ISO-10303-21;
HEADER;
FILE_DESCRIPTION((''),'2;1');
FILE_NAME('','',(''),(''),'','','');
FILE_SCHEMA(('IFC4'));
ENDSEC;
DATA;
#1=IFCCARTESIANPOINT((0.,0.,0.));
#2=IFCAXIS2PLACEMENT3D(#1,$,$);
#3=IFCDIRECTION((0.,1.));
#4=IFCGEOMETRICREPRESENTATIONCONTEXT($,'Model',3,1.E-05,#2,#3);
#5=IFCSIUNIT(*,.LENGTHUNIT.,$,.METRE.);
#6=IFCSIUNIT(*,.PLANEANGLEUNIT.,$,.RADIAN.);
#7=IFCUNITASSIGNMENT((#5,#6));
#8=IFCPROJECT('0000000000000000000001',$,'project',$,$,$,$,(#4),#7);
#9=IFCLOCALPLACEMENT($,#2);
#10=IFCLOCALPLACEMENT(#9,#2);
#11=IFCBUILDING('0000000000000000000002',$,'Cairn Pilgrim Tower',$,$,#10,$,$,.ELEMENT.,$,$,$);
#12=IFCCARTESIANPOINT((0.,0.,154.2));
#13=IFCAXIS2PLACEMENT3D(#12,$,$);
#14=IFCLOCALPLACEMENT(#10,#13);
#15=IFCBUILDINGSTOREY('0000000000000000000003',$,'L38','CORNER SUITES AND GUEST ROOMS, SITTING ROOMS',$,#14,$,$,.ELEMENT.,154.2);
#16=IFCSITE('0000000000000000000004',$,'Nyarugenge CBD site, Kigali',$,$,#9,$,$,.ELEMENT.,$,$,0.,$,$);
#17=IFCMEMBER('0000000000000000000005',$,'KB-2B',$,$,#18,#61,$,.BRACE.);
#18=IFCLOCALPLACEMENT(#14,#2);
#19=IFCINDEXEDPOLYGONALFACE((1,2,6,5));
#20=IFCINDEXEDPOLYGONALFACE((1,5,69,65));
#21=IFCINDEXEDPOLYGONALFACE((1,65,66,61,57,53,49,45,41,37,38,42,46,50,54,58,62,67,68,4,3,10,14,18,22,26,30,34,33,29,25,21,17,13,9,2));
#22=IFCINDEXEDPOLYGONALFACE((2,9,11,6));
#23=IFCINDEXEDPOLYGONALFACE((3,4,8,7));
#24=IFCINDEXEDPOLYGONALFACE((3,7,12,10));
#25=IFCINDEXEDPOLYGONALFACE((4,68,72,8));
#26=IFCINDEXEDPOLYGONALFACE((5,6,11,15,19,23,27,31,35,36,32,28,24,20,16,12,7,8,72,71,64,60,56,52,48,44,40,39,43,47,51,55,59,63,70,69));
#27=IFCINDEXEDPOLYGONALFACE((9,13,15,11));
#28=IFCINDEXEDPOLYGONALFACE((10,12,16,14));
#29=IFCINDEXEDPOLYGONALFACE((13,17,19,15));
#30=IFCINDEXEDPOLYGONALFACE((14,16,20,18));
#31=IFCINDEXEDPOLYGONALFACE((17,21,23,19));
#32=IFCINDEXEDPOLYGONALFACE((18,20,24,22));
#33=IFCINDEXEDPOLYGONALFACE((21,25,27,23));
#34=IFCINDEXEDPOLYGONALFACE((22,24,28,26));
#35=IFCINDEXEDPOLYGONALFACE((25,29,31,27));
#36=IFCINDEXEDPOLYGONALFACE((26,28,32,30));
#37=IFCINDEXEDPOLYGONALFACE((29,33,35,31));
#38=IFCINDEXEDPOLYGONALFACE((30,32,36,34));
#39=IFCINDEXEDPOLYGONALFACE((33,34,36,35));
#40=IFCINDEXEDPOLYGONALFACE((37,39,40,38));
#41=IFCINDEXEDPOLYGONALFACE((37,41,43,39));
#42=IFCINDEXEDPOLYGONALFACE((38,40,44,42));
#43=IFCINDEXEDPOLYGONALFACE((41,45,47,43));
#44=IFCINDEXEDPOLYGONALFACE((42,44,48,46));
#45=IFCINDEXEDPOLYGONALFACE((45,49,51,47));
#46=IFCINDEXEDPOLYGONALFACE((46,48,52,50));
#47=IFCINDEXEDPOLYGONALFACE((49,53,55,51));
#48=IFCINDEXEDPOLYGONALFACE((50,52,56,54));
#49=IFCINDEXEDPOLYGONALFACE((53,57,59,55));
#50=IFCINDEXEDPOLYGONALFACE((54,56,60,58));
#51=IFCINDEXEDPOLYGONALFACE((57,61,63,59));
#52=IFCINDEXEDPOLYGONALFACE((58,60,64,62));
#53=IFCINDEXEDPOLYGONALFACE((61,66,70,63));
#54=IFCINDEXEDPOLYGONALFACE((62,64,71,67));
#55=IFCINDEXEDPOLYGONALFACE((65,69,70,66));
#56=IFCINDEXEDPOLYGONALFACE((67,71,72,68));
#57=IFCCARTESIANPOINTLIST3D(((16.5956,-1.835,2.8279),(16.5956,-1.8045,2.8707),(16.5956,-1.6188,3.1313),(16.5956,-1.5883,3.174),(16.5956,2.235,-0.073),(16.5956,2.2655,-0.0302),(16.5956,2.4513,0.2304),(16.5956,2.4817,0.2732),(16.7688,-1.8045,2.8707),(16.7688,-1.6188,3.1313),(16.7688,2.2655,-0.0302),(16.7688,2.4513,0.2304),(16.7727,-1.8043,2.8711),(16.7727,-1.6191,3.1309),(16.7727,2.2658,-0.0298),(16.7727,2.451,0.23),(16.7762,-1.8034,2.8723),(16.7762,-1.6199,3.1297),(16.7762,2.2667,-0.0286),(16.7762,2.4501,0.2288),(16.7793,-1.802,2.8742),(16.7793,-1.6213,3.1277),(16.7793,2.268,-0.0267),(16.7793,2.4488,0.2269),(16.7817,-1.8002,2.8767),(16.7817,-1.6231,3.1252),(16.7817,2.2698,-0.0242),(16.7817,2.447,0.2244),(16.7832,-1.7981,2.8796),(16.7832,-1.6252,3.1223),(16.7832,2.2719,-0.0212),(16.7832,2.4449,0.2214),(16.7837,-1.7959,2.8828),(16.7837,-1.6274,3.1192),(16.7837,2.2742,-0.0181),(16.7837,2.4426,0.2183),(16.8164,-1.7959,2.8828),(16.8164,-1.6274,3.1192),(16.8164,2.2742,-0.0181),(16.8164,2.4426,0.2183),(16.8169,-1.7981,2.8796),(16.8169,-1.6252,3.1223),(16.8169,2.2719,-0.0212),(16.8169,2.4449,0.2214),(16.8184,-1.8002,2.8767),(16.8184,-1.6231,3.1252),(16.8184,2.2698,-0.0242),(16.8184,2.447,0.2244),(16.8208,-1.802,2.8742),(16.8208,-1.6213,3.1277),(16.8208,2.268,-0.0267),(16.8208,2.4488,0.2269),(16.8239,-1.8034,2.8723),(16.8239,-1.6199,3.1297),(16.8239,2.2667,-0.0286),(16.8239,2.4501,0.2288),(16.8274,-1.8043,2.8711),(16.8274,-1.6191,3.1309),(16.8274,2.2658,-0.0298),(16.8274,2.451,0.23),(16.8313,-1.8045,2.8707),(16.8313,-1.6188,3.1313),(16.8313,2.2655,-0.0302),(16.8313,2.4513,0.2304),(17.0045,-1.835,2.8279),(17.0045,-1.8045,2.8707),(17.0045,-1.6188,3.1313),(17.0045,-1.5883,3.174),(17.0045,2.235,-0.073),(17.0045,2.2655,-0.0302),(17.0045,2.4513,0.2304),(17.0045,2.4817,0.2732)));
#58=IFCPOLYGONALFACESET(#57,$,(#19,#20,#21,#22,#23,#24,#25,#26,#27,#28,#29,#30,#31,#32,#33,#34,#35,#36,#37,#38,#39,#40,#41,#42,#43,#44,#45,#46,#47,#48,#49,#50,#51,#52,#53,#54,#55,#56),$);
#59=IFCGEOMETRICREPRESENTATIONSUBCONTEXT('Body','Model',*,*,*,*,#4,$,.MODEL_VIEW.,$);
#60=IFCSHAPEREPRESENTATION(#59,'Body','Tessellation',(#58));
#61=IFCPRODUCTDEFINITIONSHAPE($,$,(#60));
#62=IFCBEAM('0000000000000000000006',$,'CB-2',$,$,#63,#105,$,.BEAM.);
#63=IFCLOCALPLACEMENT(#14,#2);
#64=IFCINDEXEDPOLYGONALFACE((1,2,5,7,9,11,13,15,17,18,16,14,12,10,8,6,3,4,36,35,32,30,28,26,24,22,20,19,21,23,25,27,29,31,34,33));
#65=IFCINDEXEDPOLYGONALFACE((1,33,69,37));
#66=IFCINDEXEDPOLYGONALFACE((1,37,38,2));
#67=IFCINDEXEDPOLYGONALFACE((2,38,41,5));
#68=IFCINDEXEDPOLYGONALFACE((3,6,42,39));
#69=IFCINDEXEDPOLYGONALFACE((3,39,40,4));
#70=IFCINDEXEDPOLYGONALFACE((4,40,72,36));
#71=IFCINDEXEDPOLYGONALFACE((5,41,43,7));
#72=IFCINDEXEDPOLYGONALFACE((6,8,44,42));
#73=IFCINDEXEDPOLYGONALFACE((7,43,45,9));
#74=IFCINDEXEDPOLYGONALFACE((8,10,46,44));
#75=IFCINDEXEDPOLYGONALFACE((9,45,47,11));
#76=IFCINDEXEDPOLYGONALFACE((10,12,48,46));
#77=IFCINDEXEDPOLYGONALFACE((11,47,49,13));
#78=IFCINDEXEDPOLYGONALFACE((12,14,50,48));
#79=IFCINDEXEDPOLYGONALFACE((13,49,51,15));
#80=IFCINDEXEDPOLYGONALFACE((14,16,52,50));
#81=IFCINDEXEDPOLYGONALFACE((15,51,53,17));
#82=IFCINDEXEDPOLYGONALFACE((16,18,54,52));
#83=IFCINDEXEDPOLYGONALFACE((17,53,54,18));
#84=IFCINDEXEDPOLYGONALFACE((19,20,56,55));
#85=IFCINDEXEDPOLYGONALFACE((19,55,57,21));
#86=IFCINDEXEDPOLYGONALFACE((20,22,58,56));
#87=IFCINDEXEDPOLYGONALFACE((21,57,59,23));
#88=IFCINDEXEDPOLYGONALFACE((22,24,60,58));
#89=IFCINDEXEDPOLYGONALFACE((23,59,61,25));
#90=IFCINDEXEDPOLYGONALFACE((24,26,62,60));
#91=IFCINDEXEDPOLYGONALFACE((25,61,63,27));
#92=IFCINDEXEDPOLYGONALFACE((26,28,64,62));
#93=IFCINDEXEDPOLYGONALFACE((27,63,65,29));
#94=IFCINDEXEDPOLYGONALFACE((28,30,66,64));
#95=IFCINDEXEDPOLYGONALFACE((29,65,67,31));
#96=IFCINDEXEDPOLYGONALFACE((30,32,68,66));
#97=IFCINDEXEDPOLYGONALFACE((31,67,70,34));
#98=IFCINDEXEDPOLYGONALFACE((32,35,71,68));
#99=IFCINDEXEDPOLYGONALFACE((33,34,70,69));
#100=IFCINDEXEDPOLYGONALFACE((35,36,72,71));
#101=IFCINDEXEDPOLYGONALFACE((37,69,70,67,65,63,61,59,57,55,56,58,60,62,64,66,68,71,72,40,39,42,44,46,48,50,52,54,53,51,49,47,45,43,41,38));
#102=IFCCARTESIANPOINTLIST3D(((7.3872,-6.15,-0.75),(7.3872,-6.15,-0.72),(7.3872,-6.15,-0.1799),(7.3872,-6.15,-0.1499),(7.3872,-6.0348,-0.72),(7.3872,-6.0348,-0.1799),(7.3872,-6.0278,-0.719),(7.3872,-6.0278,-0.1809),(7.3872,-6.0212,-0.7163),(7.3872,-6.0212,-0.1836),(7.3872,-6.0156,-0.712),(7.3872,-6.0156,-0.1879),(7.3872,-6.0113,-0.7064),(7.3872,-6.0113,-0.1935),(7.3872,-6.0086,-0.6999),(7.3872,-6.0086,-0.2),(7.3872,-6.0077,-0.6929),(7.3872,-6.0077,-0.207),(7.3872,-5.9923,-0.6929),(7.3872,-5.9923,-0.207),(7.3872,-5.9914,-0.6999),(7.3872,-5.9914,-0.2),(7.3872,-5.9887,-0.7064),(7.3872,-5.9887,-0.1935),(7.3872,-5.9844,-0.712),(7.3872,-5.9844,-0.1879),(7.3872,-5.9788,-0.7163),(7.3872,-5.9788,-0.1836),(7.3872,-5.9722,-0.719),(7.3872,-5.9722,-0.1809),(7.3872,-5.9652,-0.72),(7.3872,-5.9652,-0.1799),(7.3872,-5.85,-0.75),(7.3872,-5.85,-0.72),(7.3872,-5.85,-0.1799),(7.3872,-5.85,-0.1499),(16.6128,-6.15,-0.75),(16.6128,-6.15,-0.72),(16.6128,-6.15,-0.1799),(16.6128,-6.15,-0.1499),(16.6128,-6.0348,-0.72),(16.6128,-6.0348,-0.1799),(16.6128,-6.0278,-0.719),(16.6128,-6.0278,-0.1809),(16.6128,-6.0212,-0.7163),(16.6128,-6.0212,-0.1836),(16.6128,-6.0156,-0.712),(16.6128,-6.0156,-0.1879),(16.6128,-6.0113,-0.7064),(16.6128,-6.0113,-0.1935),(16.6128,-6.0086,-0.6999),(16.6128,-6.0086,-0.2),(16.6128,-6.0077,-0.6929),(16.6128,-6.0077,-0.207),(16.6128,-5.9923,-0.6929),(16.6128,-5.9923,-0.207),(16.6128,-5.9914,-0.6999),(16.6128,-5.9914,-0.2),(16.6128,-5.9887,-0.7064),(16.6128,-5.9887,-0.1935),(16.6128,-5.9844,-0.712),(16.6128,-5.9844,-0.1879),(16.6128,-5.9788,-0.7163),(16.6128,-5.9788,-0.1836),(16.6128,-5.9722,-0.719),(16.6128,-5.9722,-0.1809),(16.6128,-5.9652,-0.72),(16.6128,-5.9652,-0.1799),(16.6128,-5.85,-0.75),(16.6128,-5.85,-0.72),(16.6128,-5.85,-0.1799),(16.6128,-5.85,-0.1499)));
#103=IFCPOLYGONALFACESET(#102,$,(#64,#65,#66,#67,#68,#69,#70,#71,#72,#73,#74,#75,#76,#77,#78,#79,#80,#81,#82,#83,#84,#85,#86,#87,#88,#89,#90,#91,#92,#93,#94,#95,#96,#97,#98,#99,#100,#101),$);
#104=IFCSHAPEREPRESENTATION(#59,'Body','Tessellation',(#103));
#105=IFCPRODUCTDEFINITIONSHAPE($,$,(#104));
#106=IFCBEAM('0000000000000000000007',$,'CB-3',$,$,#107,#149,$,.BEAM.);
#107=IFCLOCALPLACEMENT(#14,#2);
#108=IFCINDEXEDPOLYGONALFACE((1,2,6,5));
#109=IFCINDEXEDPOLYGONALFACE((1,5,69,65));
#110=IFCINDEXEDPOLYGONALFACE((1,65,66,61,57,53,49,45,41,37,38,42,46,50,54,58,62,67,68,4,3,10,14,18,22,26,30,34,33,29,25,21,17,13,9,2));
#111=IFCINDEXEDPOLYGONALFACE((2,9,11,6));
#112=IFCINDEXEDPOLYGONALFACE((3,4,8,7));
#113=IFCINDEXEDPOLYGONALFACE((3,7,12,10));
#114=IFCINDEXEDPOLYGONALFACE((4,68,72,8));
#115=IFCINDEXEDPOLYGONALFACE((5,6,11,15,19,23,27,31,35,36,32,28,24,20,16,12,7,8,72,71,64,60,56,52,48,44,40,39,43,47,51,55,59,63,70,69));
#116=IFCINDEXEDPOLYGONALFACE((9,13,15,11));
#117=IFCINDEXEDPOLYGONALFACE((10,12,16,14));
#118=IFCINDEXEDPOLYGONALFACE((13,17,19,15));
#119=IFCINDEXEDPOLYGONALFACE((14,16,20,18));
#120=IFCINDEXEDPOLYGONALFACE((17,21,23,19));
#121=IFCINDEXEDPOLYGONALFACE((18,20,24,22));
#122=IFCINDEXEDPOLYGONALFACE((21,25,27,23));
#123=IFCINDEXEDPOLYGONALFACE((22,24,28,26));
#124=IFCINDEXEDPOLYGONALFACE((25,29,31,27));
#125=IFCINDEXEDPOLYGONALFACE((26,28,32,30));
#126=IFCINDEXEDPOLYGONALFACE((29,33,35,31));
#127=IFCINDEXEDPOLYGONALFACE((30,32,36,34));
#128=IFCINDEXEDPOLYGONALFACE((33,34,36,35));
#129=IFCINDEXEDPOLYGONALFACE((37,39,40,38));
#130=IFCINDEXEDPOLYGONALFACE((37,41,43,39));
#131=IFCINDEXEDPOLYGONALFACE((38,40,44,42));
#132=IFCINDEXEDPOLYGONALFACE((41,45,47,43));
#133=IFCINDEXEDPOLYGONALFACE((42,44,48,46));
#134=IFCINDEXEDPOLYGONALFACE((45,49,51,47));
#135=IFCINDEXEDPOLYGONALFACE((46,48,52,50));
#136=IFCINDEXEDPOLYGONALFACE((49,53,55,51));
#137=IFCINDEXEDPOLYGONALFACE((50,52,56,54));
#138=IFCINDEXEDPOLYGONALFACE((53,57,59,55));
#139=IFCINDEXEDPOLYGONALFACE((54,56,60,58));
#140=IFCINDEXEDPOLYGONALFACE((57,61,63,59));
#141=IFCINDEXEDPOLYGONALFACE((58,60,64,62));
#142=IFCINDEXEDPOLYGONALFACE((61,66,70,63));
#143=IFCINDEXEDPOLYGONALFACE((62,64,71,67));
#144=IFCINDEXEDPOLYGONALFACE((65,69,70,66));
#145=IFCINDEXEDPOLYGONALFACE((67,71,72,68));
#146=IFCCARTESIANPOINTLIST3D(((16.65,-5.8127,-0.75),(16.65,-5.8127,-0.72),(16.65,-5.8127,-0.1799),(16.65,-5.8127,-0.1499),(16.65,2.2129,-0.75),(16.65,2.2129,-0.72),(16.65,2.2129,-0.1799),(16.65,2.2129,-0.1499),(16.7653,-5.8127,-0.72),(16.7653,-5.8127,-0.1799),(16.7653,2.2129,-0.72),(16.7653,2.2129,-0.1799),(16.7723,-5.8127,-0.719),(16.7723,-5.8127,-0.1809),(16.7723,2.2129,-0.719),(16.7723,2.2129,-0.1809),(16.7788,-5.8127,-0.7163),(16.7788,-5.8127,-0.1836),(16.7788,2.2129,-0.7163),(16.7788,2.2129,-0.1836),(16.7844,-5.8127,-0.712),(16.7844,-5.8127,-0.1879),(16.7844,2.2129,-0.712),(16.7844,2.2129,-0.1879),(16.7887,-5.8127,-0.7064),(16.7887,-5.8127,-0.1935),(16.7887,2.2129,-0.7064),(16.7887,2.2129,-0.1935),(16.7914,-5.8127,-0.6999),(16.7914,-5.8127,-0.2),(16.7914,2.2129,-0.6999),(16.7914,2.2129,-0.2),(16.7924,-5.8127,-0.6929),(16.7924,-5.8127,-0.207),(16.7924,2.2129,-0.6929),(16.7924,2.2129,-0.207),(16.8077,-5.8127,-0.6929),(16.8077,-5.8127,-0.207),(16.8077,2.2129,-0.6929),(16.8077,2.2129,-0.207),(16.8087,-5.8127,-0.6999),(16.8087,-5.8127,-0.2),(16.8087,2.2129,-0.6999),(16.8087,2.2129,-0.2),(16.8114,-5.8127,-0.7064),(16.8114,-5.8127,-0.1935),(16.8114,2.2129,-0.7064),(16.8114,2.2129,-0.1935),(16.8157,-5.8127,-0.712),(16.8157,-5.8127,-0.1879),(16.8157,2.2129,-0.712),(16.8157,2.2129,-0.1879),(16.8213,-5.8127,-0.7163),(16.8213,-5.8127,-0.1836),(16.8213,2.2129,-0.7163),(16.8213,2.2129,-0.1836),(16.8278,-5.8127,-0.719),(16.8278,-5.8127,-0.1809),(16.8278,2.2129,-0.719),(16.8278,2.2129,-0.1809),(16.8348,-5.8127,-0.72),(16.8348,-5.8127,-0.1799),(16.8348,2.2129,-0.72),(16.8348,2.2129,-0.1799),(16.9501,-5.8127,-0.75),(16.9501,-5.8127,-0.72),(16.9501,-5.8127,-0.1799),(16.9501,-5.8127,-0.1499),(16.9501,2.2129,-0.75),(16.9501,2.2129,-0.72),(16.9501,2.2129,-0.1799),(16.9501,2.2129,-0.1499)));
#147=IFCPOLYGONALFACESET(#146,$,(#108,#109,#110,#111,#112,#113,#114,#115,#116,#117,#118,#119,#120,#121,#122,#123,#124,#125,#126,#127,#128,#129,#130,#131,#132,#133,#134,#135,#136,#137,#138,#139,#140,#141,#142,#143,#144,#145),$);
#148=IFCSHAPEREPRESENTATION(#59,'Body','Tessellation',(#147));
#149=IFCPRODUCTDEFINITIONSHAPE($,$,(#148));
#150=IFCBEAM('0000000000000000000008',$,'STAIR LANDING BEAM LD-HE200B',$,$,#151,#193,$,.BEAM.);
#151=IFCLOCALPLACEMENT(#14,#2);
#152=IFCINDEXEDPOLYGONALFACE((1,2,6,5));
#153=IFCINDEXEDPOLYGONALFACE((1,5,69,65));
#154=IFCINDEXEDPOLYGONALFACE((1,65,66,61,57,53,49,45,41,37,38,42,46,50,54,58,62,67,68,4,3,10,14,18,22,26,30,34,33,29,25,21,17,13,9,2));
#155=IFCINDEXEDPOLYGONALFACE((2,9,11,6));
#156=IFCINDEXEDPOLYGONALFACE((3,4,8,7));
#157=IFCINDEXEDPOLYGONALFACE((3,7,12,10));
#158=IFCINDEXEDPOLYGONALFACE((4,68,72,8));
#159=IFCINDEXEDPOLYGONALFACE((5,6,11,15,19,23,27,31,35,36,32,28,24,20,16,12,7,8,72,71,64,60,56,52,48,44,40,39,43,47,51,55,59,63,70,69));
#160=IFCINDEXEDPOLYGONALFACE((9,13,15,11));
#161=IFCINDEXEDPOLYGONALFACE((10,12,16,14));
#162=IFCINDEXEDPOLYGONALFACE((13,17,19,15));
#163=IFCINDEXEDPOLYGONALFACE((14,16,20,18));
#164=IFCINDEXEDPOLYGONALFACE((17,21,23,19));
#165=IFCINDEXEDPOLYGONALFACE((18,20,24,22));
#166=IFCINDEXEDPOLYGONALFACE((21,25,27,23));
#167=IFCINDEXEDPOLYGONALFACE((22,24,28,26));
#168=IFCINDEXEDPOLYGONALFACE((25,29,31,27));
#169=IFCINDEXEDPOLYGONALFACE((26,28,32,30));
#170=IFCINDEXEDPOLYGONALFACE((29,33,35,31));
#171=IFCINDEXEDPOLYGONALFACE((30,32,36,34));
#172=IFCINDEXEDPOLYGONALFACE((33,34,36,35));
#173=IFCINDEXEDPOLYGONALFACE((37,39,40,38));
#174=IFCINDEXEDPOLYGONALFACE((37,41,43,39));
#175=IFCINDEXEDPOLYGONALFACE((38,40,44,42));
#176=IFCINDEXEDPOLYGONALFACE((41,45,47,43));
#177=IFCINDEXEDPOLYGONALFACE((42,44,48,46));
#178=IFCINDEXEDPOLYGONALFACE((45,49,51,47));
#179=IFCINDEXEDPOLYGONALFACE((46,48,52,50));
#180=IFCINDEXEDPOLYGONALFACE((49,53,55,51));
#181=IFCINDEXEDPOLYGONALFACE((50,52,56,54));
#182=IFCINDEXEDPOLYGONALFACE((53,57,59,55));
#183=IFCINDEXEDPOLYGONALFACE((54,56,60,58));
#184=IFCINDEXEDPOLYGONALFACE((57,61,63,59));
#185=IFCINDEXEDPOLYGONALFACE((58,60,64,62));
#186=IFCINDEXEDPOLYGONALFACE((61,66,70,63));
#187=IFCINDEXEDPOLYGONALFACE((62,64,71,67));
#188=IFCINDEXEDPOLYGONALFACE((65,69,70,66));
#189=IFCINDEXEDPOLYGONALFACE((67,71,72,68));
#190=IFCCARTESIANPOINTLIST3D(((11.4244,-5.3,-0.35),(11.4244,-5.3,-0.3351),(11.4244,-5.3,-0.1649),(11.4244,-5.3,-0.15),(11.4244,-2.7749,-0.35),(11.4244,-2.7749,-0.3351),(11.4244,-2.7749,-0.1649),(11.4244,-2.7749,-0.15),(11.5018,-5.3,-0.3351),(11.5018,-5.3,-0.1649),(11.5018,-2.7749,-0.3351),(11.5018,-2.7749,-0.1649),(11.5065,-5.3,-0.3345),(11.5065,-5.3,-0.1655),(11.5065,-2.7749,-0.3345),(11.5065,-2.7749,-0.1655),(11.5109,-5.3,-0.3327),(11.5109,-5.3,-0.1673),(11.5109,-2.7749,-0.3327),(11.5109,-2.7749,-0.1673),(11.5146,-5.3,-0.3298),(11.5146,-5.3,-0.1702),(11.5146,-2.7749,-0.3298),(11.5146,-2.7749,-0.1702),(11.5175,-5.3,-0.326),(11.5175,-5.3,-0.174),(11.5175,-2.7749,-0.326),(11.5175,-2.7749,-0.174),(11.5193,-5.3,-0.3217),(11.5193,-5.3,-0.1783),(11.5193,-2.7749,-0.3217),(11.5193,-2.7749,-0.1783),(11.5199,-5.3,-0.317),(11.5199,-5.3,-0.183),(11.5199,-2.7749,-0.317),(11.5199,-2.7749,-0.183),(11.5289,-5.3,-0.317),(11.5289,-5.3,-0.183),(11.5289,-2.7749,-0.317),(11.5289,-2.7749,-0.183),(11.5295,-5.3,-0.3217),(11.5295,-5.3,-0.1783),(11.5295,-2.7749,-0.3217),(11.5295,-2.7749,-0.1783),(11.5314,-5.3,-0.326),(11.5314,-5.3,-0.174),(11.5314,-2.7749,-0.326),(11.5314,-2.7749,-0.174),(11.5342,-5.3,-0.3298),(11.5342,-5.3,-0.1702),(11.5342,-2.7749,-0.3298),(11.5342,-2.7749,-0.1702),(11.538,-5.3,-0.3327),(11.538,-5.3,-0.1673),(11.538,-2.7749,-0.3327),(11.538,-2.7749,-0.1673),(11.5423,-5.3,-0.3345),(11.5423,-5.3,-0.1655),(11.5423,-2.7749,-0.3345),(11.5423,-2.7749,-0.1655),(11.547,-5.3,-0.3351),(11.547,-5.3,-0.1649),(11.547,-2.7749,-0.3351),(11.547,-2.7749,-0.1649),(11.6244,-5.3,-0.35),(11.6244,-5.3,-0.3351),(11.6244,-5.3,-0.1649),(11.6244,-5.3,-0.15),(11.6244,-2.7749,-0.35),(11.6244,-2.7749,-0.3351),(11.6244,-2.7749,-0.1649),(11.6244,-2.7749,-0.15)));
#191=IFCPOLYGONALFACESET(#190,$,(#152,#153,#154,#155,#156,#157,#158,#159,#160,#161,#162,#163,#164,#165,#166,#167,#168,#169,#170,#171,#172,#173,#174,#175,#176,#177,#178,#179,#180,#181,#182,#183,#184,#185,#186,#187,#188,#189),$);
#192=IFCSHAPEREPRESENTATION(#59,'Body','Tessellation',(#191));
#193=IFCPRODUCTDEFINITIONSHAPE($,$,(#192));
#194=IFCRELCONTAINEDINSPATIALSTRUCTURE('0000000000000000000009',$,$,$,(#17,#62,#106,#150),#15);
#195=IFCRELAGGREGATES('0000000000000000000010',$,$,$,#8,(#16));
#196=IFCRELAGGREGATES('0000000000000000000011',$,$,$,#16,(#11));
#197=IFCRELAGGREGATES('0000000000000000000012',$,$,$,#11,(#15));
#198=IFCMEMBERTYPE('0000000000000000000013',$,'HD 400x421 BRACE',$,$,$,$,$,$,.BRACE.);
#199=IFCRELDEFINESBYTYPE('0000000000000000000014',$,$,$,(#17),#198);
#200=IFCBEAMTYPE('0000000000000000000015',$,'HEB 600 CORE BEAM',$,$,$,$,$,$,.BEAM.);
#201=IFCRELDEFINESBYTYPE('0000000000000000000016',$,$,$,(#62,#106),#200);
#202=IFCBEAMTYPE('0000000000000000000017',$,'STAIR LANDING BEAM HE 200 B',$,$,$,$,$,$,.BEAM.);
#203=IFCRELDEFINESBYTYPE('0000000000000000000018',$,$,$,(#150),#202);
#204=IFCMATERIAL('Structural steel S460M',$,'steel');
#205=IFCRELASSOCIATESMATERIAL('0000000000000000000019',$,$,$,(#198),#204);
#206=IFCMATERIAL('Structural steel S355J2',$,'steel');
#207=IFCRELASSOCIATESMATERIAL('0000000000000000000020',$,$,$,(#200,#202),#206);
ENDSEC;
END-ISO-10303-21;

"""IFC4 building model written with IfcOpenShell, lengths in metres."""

from ifc_helpers import new_model, si_unit, direction, frame, origin, origin_2d, place, context, subcontext, project, spatial, i_section, extrude, material, material_profile, profile_set, type_object, element, save


model = new_model("IFC4")

# Units and contexts
model_context = context("Model", 3, precision=1e-05, world=origin(), true_north=direction((0.0, 1.0)))
body_context = subcontext(model_context, "Body", "Model", "MODEL_VIEW")
ifc_project = project(units=[si_unit("LENGTHUNIT", "METRE"), si_unit("PLANEANGLEUNIT", "RADIAN")], contexts=[model_context])

# Site, building, storey
site_placement = place(None, origin())
site = spatial("IfcSite", under=ifc_project, at=site_placement, Name="Nyarugenge CBD site, Kigali", CompositionType="ELEMENT", RefElevation=0.0)
building_placement = place(site_placement, origin())
building = spatial("IfcBuilding", under=site, at=building_placement, Name="Cairn Pilgrim Tower", CompositionType="ELEMENT")
storey_placement = place(building_placement, frame((0.0, 0.0, 154.2)))
storey = spatial("IfcBuildingStorey", under=building, at=storey_placement, Name="L38", Description="CORNER SUITES AND GUEST ROOMS, SITTING ROOMS", CompositionType="ELEMENT", Elevation=154.2)

# Shared definitions
ifc_material_1 = material(Name="Structural steel S460M", Category="steel")

# Member
ifc_material_profile_1 = material_profile(ifc_material_1, i_section(OverallWidth=0.4089, OverallDepth=0.425, WebThickness=0.0327, FlangeThickness=0.0525, FilletRadius=0.0149, at=origin_2d()), Name="HD 400x421")
ifc_profile_set_1 = profile_set([ifc_material_profile_1], Name="Structural steel S460M")
member_type = type_object("IfcMemberType", Name="HD 400x421 BRACE", PredefinedType="BRACE", material=ifc_profile_set_1)
member_1_placement = place(storey_placement, frame((16.8, 2.3584, 0.1001), z_axis=(0.0, -0.81433, 0.580402), x_axis=(1.0, 0.0, 0.0)))
element("IfcMember", 1, at=member_1_placement, inside=storey, type_object=member_type, Name="KB-2B", PredefinedType="BRACE", context=body_context, shape_type="SweptSolid", body=[
    extrude(i_section(OverallWidth=0.4089, OverallDepth=0.425, WebThickness=0.0327, FlangeThickness=0.0525, FilletRadius=0.0149, at=origin_2d()), origin(), (0.0, 0.0, 1.0), 4.998),
])

# Beams
ifc_material_2 = material(Name="Structural steel S355J2", Category="steel")
ifc_material_profile_2 = material_profile(ifc_material_2, i_section(OverallWidth=0.3, OverallDepth=0.6001, WebThickness=0.0154, FlangeThickness=0.03, FilletRadius=0.0271, at=origin_2d()), Name="HEB 600")
ifc_profile_set_2 = profile_set([ifc_material_profile_2], Name="Structural steel S355J2")
beam_type_1 = type_object("IfcBeamType", Name="HEB 600 CORE BEAM", PredefinedType="BEAM", material=ifc_profile_set_2)
beam_1_placement = place(storey_placement, frame((7.3872, -6.0, -0.45), z_axis=(1.0, 0.0, 0.0), x_axis=(0.0, 1.0, 0.0)))
element("IfcBeam", 2, at=beam_1_placement, inside=storey, type_object=beam_type_1, Name="CB-2", PredefinedType="BEAM", context=body_context, shape_type="SweptSolid", body=[
    extrude(i_section(OverallWidth=0.3, OverallDepth=0.6001, WebThickness=0.0154, FlangeThickness=0.03, FilletRadius=0.0271, at=origin_2d()), origin(), (0.0, 0.0, 1.0), 9.2256),
])
beam_2_placement = place(storey_placement, frame((16.8, -5.8127, -0.45), z_axis=(0.0, 1.0, 0.0), x_axis=(-1.0, 0.0, 0.0)))
element("IfcBeam", 3, at=beam_2_placement, inside=storey, type_object=beam_type_1, Name="CB-3", PredefinedType="BEAM", context=body_context, shape_type="SweptSolid", body=[
    extrude(i_section(OverallWidth=0.3, OverallDepth=0.6001, WebThickness=0.0154, FlangeThickness=0.03, FilletRadius=0.0271, at=origin_2d()), origin(), (0.0, 0.0, 1.0), 8.0256),
])
ifc_material_profile_3 = material_profile(ifc_material_2, i_section(OverallWidth=0.2, OverallDepth=0.2, WebThickness=0.009, FlangeThickness=0.0149, FilletRadius=0.0181, at=origin_2d()), Name="HE 200 B")
ifc_profile_set_3 = profile_set([ifc_material_profile_3], Name="Structural steel S355J2")
beam_type_2 = type_object("IfcBeamType", Name="STAIR LANDING BEAM HE 200 B", PredefinedType="BEAM", material=ifc_profile_set_3)
beam_3_placement = place(storey_placement, frame((11.5244, -2.7749, -0.25), z_axis=(0.0, -1.0, 0.0), x_axis=(1.0, 0.0, 0.0)))
element("IfcBeam", 4, at=beam_3_placement, inside=storey, type_object=beam_type_2, Name="STAIR LANDING BEAM LD-HE200B", PredefinedType="BEAM", context=body_context, shape_type="SweptSolid", body=[
    extrude(i_section(OverallWidth=0.2, OverallDepth=0.2, WebThickness=0.009, FlangeThickness=0.0149, FilletRadius=0.0181, at=origin_2d()), origin(), (0.0, 0.0, 1.0), 2.5251),
])

save(model, "model.ifc")
